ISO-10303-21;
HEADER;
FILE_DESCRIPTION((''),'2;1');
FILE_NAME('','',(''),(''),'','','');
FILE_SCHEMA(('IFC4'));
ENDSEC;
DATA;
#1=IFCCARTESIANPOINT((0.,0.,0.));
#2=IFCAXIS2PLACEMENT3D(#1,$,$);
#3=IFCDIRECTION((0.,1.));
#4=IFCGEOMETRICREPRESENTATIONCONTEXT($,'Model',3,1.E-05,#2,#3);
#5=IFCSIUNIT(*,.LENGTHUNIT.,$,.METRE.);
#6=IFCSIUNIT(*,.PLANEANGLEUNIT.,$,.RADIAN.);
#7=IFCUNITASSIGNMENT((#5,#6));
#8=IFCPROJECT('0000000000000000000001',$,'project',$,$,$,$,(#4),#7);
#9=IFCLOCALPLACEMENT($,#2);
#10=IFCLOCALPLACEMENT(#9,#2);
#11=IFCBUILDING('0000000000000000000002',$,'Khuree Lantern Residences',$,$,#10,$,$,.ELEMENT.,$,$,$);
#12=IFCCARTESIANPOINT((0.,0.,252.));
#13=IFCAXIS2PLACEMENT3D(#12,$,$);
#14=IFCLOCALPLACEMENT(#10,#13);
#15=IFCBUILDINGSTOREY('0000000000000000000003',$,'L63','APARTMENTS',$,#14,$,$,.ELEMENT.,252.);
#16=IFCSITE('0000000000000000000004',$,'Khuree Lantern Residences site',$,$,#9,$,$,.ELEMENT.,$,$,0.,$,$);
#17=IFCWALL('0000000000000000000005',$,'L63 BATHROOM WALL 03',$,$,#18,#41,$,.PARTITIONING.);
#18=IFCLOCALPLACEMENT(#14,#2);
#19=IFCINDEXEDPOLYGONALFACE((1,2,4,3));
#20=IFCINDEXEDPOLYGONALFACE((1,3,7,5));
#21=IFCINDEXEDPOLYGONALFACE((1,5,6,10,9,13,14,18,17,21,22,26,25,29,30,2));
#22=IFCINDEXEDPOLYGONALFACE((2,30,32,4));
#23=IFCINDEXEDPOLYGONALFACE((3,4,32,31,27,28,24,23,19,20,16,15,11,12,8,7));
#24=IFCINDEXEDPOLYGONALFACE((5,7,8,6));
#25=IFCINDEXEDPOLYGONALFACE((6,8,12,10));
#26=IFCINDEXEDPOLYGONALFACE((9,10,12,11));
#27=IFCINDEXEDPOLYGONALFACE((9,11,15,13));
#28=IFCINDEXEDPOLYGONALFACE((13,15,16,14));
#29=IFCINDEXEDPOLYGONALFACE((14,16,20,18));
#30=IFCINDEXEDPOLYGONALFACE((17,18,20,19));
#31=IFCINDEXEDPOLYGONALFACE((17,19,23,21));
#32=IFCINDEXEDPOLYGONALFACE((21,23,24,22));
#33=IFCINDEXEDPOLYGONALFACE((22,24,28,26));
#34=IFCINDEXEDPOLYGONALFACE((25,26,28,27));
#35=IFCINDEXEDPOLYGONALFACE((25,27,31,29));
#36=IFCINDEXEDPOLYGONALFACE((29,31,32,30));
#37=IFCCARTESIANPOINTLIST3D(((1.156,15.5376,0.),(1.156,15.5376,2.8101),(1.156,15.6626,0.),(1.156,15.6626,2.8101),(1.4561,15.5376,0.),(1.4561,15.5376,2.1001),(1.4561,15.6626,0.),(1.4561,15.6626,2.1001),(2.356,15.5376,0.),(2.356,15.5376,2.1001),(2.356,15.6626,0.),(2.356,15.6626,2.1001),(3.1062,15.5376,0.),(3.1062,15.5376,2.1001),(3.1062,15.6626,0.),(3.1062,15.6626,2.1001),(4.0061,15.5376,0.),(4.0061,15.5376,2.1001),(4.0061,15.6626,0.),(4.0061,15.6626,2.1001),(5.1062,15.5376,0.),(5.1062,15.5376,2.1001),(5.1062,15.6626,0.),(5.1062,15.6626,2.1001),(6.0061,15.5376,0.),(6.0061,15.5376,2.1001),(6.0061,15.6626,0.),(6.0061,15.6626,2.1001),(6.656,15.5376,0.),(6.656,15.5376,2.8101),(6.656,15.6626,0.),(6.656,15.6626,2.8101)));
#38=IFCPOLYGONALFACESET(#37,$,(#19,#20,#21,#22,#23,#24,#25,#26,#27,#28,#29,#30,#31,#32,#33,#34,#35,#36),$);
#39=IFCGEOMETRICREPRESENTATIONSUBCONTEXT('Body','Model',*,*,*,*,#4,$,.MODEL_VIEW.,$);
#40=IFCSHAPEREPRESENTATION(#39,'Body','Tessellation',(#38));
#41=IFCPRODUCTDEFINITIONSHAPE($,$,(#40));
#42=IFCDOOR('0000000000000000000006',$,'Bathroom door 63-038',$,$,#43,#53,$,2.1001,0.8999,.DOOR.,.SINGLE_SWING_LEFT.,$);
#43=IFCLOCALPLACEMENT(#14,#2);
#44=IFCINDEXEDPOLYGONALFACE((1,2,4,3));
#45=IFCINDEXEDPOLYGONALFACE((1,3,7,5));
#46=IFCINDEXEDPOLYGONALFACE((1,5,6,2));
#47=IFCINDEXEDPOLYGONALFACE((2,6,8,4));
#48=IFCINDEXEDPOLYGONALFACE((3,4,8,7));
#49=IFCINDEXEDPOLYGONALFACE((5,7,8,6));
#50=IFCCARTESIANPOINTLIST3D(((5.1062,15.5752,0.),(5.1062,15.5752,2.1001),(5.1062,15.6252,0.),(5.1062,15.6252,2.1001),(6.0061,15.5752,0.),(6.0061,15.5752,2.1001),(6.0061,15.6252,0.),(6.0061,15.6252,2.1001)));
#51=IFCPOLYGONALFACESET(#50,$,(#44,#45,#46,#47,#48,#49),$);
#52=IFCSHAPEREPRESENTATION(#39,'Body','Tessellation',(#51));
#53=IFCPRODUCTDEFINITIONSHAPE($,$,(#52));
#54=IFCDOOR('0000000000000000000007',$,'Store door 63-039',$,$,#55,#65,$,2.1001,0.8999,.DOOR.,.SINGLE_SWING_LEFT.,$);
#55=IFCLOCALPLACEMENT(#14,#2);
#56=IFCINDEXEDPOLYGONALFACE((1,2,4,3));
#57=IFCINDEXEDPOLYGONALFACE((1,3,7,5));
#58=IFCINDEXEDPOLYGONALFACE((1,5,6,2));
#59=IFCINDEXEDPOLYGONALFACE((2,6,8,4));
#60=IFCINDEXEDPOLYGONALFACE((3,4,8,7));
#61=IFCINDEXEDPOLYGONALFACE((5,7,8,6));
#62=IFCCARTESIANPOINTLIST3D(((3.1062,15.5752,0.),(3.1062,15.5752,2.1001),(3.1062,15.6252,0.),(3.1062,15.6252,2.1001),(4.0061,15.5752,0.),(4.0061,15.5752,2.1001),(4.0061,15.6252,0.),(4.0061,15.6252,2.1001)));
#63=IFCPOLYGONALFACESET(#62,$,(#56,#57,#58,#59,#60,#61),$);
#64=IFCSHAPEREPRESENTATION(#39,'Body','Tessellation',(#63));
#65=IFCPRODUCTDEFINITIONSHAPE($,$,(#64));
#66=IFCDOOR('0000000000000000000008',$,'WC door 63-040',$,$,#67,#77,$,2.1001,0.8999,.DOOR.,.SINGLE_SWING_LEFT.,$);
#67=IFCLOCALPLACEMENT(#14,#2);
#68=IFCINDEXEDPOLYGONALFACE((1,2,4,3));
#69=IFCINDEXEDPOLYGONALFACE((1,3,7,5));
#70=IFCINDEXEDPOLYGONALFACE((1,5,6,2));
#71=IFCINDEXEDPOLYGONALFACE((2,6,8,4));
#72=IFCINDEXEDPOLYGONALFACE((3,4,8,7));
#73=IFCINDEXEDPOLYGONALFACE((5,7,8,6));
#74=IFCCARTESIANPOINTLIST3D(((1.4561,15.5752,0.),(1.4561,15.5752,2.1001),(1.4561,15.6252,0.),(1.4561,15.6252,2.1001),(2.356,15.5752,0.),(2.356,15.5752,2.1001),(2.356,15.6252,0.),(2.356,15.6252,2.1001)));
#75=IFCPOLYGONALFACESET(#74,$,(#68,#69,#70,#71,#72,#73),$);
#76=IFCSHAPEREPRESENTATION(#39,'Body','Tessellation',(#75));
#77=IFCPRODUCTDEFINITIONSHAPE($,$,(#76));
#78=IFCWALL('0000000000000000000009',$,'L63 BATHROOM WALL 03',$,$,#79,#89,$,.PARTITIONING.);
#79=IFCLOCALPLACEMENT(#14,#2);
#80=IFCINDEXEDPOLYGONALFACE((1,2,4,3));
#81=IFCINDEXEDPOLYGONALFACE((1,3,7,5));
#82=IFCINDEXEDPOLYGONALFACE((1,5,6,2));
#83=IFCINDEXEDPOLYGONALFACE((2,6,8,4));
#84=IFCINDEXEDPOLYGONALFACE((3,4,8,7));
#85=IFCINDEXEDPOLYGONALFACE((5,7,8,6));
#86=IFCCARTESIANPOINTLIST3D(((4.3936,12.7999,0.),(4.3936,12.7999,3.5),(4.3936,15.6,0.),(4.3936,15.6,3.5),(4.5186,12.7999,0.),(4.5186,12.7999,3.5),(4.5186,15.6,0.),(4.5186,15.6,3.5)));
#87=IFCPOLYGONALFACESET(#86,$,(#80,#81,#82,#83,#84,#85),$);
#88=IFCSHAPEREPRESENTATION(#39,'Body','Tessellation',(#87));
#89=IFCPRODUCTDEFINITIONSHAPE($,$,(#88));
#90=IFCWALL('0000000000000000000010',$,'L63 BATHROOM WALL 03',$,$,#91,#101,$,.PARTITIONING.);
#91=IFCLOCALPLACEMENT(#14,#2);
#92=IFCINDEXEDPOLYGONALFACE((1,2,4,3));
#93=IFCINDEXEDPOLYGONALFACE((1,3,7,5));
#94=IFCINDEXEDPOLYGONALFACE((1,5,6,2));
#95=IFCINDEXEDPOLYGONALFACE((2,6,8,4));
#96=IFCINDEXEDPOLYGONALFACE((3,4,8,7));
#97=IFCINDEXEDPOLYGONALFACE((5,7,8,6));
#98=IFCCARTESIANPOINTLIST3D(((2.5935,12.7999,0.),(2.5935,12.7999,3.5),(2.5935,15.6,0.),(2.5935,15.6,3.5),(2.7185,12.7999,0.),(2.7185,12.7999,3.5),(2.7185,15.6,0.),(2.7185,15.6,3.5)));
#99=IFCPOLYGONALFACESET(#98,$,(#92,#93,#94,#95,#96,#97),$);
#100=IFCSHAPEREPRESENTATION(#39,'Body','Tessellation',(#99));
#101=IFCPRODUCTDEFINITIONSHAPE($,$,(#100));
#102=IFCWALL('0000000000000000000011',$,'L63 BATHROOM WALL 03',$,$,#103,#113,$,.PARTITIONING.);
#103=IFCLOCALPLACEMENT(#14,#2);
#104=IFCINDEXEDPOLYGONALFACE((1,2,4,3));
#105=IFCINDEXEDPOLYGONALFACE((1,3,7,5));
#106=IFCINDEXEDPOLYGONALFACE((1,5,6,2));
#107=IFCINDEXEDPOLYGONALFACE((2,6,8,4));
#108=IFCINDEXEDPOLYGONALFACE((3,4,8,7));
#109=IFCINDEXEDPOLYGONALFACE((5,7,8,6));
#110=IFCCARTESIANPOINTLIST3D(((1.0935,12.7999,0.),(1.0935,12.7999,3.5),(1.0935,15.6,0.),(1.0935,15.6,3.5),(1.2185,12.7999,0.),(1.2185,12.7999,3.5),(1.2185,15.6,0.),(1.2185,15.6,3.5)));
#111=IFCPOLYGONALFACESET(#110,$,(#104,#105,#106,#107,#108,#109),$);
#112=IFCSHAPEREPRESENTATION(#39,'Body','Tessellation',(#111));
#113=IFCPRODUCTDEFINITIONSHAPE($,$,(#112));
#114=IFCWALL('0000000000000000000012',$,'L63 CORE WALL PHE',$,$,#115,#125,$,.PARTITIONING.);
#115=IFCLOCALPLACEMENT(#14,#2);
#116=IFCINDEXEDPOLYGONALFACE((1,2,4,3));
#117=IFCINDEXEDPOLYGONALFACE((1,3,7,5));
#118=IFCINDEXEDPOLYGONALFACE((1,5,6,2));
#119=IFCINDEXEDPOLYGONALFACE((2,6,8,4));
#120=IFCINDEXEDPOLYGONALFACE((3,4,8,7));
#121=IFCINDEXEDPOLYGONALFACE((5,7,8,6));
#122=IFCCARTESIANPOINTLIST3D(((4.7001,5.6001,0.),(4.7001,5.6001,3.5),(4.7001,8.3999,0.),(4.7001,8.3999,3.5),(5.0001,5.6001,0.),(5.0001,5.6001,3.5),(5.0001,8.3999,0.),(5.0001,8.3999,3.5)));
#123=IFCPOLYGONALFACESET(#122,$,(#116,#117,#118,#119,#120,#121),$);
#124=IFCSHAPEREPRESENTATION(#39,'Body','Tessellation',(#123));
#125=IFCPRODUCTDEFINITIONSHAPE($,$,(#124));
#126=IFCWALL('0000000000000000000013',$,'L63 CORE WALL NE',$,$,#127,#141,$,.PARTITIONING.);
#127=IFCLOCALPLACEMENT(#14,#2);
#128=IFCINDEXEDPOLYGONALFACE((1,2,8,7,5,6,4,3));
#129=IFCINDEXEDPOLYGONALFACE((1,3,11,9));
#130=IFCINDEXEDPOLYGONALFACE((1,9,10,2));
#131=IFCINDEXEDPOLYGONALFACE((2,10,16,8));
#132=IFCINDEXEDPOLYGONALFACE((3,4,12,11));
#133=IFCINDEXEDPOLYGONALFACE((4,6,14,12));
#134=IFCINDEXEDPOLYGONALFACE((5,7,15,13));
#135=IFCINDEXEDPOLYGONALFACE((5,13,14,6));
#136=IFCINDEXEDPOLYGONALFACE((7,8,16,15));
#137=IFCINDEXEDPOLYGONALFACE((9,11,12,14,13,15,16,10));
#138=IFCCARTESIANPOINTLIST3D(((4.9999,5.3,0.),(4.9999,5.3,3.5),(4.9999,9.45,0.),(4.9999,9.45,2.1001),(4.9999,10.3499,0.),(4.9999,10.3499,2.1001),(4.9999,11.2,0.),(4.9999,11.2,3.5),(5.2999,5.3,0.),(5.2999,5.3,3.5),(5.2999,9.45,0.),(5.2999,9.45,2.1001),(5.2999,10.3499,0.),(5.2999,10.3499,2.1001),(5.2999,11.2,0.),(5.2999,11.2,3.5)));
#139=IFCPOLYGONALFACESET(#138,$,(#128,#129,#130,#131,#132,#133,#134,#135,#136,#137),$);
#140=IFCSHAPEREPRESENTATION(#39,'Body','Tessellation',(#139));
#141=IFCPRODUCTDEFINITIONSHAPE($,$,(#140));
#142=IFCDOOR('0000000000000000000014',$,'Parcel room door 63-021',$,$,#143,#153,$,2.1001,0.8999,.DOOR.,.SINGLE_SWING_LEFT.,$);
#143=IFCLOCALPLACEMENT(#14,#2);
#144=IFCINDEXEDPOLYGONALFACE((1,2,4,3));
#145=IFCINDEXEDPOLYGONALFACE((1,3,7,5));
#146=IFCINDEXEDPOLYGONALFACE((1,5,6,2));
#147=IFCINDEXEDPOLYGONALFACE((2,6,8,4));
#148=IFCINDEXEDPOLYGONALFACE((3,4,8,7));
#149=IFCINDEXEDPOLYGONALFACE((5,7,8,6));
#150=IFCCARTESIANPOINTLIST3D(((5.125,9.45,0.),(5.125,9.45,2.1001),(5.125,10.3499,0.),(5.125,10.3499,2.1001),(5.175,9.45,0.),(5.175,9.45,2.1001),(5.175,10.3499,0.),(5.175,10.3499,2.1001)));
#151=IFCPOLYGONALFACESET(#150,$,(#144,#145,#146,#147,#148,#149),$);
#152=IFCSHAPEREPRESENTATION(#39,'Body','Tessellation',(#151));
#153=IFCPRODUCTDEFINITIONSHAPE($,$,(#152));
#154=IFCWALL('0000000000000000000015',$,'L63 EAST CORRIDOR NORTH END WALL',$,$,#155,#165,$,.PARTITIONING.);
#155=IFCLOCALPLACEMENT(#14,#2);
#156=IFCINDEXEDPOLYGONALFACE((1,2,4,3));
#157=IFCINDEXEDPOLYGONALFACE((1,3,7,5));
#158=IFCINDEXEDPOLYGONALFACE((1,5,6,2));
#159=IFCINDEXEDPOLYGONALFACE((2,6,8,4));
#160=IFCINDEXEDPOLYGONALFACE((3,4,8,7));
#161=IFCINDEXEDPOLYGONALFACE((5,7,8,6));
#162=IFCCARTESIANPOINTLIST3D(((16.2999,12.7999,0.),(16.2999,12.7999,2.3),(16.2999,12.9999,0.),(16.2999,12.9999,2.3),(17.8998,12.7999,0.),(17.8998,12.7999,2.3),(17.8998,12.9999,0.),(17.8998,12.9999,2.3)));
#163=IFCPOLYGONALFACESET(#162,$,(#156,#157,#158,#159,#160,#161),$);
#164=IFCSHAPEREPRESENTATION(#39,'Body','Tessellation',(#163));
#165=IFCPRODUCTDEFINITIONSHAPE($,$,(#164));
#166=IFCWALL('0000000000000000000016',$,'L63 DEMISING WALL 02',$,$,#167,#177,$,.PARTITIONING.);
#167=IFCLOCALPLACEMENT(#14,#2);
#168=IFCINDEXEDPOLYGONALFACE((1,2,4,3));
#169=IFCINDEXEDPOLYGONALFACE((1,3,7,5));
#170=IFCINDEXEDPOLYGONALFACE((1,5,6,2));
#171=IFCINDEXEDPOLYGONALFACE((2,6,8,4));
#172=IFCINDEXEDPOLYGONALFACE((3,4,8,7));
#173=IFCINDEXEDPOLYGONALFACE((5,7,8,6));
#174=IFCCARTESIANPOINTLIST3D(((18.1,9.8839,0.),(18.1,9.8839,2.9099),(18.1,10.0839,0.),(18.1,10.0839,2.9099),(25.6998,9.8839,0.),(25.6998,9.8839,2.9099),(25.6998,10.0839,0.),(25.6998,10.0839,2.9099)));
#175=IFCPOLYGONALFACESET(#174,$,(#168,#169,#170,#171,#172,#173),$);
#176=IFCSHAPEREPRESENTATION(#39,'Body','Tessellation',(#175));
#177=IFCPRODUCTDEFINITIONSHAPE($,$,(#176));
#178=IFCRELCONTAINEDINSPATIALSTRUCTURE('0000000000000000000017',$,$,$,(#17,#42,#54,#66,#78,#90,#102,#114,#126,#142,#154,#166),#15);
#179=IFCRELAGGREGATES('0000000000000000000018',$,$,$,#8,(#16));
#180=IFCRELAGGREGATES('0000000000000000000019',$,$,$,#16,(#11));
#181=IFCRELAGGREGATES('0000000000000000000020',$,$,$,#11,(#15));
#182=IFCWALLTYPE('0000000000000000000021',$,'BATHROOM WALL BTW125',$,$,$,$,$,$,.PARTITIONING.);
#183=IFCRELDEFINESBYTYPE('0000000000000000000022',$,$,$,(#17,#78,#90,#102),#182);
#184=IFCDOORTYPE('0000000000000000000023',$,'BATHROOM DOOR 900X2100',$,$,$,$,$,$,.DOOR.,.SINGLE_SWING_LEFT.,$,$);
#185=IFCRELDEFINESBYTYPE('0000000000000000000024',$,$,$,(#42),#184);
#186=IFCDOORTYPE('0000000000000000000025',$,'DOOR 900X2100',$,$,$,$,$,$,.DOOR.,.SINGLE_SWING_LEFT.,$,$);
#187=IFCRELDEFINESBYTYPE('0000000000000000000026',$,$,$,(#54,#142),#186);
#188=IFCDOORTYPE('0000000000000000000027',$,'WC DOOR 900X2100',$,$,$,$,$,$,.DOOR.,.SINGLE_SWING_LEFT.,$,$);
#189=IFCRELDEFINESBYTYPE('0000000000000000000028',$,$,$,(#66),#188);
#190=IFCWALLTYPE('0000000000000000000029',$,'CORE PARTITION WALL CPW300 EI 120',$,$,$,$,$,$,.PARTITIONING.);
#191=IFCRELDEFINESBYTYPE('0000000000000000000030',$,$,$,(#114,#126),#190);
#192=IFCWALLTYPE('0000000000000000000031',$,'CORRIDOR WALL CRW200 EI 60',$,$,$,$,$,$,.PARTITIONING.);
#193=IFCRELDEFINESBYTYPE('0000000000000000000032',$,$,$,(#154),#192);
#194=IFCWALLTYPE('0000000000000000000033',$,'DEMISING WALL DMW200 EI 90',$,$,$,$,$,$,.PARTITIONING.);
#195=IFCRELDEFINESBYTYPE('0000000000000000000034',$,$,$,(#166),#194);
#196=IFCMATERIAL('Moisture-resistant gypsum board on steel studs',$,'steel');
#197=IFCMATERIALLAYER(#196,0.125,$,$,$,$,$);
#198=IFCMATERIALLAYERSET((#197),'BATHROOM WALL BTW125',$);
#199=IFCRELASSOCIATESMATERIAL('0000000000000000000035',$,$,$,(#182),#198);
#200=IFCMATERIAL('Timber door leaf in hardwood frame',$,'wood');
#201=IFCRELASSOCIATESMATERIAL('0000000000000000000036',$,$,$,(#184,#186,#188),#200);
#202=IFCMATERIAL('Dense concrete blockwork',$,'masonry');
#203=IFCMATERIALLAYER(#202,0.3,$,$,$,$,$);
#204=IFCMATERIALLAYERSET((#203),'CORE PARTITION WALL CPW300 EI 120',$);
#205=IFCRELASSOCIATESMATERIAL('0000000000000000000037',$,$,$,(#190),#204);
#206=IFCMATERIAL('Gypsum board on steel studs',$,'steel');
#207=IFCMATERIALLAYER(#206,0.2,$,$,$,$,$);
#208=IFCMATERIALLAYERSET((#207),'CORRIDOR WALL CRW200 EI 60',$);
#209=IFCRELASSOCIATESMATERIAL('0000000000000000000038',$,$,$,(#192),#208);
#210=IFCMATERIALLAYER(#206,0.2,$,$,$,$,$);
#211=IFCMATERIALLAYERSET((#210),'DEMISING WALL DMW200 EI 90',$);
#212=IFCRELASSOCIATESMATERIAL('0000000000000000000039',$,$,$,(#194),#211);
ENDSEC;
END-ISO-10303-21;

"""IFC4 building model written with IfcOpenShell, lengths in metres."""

from ifc_helpers import new_model, si_unit, direction, frame, frame_2d, origin, place, context, subcontext, project, spatial, rectangle, extrude, material, layer, layer_set, type_object, element, fill, save


model = new_model("IFC4")

# Units and contexts
model_context = context("Model", 3, precision=1e-05, world=origin(), true_north=direction((0.0, 1.0)))
body_context = subcontext(model_context, "Body", "Model", "MODEL_VIEW")
ifc_project = project(units=[si_unit("LENGTHUNIT", "METRE"), si_unit("PLANEANGLEUNIT", "RADIAN")], contexts=[model_context])

# Site, building, storey
site_placement = place(None, origin())
site = spatial("IfcSite", under=ifc_project, at=site_placement, Name="Khuree Lantern Residences site", CompositionType="ELEMENT", RefElevation=0.0)
building_placement = place(site_placement, origin())
building = spatial("IfcBuilding", under=site, at=building_placement, Name="Khuree Lantern Residences", CompositionType="ELEMENT")
storey_placement = place(building_placement, frame((0.0, 0.0, 252.0)))
storey = spatial("IfcBuildingStorey", under=building, at=storey_placement, Name="L63", Description="APARTMENTS", CompositionType="ELEMENT", Elevation=252.0)

# Shared definitions
ifc_material_1 = material(Name="Moisture-resistant gypsum board on steel studs", Category="steel")
ifc_layer_1 = layer(ifc_material_1, 0.125)
ifc_layer_set_1 = layer_set([ifc_layer_1], Name="BATHROOM WALL BTW125")
wall_type_1 = type_object("IfcWallType", Name="BATHROOM WALL BTW125", PredefinedType="PARTITIONING", material=ifc_layer_set_1)
ifc_material_2 = material(Name="Timber door leaf in hardwood frame", Category="wood")
door_type_1 = type_object("IfcDoorType", Name="BATHROOM DOOR 900X2100", OperationType="SINGLE_SWING_LEFT", PredefinedType="DOOR", material=ifc_material_2)

# Wall, openings, doors
wall_1_placement = place(storey_placement, frame((6.656, 15.6001, 0.0), z_axis=(0.0, 0.0, 1.0), x_axis=(-1.0, 0.0, 0.0)))
wall_1 = element("IfcWall", 1, at=wall_1_placement, inside=storey, type_object=wall_type_1, Name="L63 BATHROOM WALL 03", PredefinedType="PARTITIONING", context=body_context, shape_type="SweptSolid", body=[
    extrude(rectangle(XDim=5.5, YDim=0.125, at=frame_2d((2.75, 0.0))), origin(), (0.0, 0.0, 1.0), 2.8101),
])
opening_1_placement = place(wall_1_placement, frame((0.6499, 0.0, 0.0)))
opening_1 = element("IfcOpeningElement", 2, at=opening_1_placement, cuts=wall_1, PredefinedType="OPENING", context=body_context, shape_type="SweptSolid", body=[
    extrude(rectangle(XDim=0.8999, YDim=2.1001, at=frame_2d((0.45, 1.05))), frame((0.0, 0.0725, 0.0), z_axis=(0.0, -1.0, 0.0), x_axis=(1.0, 0.0, 0.0)), (0.0, 0.0, 1.0), 0.145),
])
opening_2_placement = place(wall_1_placement, frame((2.6499, 0.0, 0.0)))
opening_2 = element("IfcOpeningElement", 3, at=opening_2_placement, cuts=wall_1, PredefinedType="OPENING", context=body_context, shape_type="SweptSolid", body=[
    extrude(rectangle(XDim=0.8999, YDim=2.1001, at=frame_2d((0.45, 1.05))), frame((0.0, 0.0725, 0.0), z_axis=(0.0, -1.0, 0.0), x_axis=(1.0, 0.0, 0.0)), (0.0, 0.0, 1.0), 0.145),
])
opening_3_placement = place(wall_1_placement, frame((4.3, 0.0, 0.0)))
opening_3 = element("IfcOpeningElement", 4, at=opening_3_placement, cuts=wall_1, PredefinedType="OPENING", context=body_context, shape_type="SweptSolid", body=[
    extrude(rectangle(XDim=0.8999, YDim=2.1001, at=frame_2d((0.45, 1.05))), frame((0.0, 0.0725, 0.0), z_axis=(0.0, -1.0, 0.0), x_axis=(1.0, 0.0, 0.0)), (0.0, 0.0, 1.0), 0.145),
])
door_1_placement = place(opening_1_placement, origin())
door_1 = element("IfcDoor", 5, at=door_1_placement, inside=storey, type_object=door_type_1, Name="Bathroom door 63-038", OperationType="SINGLE_SWING_LEFT", OverallHeight=2.1001, OverallWidth=0.8999, PredefinedType="DOOR", context=body_context, shape_type="SweptSolid", body=[
    extrude(rectangle(XDim=0.8999, YDim=2.1001, at=frame_2d((0.45, 1.05))), frame((0.0, 0.0249, 0.0), z_axis=(0.0, -1.0, 0.0), x_axis=(1.0, 0.0, 0.0)), (0.0, 0.0, 1.0), 0.05),
])
fill(opening_1, door_1)
door_type_2 = type_object("IfcDoorType", Name="DOOR 900X2100", OperationType="SINGLE_SWING_LEFT", PredefinedType="DOOR", material=ifc_material_2)
door_2_placement = place(opening_2_placement, origin())
door_2 = element("IfcDoor", 6, at=door_2_placement, inside=storey, type_object=door_type_2, Name="Store door 63-039", OperationType="SINGLE_SWING_LEFT", OverallHeight=2.1001, OverallWidth=0.8999, PredefinedType="DOOR", context=body_context, shape_type="SweptSolid", body=[
    extrude(rectangle(XDim=0.8999, YDim=2.1001, at=frame_2d((0.45, 1.05))), frame((0.0, 0.0249, 0.0), z_axis=(0.0, -1.0, 0.0), x_axis=(1.0, 0.0, 0.0)), (0.0, 0.0, 1.0), 0.05),
])
fill(opening_2, door_2)
door_type_3 = type_object("IfcDoorType", Name="WC DOOR 900X2100", OperationType="SINGLE_SWING_LEFT", PredefinedType="DOOR", material=ifc_material_2)
door_3_placement = place(opening_3_placement, origin())
door_3 = element("IfcDoor", 7, at=door_3_placement, inside=storey, type_object=door_type_3, Name="WC door 63-040", OperationType="SINGLE_SWING_LEFT", OverallHeight=2.1001, OverallWidth=0.8999, PredefinedType="DOOR", context=body_context, shape_type="SweptSolid", body=[
    extrude(rectangle(XDim=0.8999, YDim=2.1001, at=frame_2d((0.45, 1.05))), frame((0.0, 0.0249, 0.0), z_axis=(0.0, -1.0, 0.0), x_axis=(1.0, 0.0, 0.0)), (0.0, 0.0, 1.0), 0.05),
])
fill(opening_3, door_3)

# Walls
for number, where, z_axis, x_axis, name in (
    (8, (4.4561, 12.8, 0.0), (0.0, 0.0, 1.0), (0.0, 1.0, 0.0), "L63 BATHROOM WALL 03"),
    (9, (2.656, 12.8, 0.0), (0.0, 0.0, 1.0), (0.0, 1.0, 0.0), "L63 BATHROOM WALL 03"),
    (10, (1.156, 12.8, 0.0), (0.0, 0.0, 1.0), (0.0, 1.0, 0.0), "L63 BATHROOM WALL 03"),
):
    element("IfcWall", number, at=place(storey_placement, frame(where, z_axis=z_axis, x_axis=x_axis)), inside=storey, type_object=wall_type_1, Name=name, PredefinedType="PARTITIONING", context=body_context, shape_type="SweptSolid", body=[
        extrude(rectangle(XDim=2.8, YDim=0.125, at=frame_2d((1.3999, 0.0))), origin(), (0.0, 0.0, 1.0), 3.5),
    ])
ifc_material_3 = material(Name="Dense concrete blockwork", Category="masonry")
ifc_layer_2 = layer(ifc_material_3, 0.3)
ifc_layer_set_2 = layer_set([ifc_layer_2], Name="CORE PARTITION WALL CPW300 EI 120")
wall_type_2 = type_object("IfcWallType", Name="CORE PARTITION WALL CPW300 EI 120", PredefinedType="PARTITIONING", material=ifc_layer_set_2)
wall_2_placement = place(storey_placement, frame((4.8501, 5.6001, 0.0), z_axis=(0.0, 0.0, 1.0), x_axis=(0.0, 1.0, 0.0)))
element("IfcWall", 11, at=wall_2_placement, inside=storey, type_object=wall_type_2, Name="L63 CORE WALL PHE", PredefinedType="PARTITIONING", context=body_context, shape_type="SweptSolid", body=[
    extrude(rectangle(XDim=2.7998, YDim=0.3, at=frame_2d((1.3999, 0.0))), origin(), (0.0, 0.0, 1.0), 3.5),
])

# Wall, opening, door
wall_3_placement = place(storey_placement, frame((5.1499, 5.3, 0.0), z_axis=(0.0, 0.0, 1.0), x_axis=(0.0, 1.0, 0.0)))
wall_3 = element("IfcWall", 12, at=wall_3_placement, inside=storey, type_object=wall_type_2, Name="L63 CORE WALL NE", PredefinedType="PARTITIONING", context=body_context, shape_type="SweptSolid", body=[
    extrude(rectangle(XDim=5.8999, YDim=0.3, at=frame_2d((2.95, 0.0))), origin(), (0.0, 0.0, 1.0), 3.5),
])
opening_4_placement = place(wall_3_placement, frame((4.1499, 0.0, 0.0)))
opening_4 = element("IfcOpeningElement", 13, at=opening_4_placement, cuts=wall_3, PredefinedType="OPENING", context=body_context, shape_type="SweptSolid", body=[
    extrude(rectangle(XDim=0.8999, YDim=2.1001, at=frame_2d((0.45, 1.05))), frame((0.0, 0.1602, 0.0), z_axis=(0.0, -1.0, 0.0), x_axis=(1.0, 0.0, 0.0)), (0.0, 0.0, 1.0), 0.3201),
])
door_4_placement = place(opening_4_placement, origin())
door_4 = element("IfcDoor", 14, at=door_4_placement, inside=storey, type_object=door_type_2, Name="Parcel room door 63-021", OperationType="SINGLE_SWING_LEFT", OverallHeight=2.1001, OverallWidth=0.8999, PredefinedType="DOOR", context=body_context, shape_type="SweptSolid", body=[
    extrude(rectangle(XDim=0.8999, YDim=2.1001, at=frame_2d((0.45, 1.05))), frame((0.0, 0.0249, 0.0), z_axis=(0.0, -1.0, 0.0), x_axis=(1.0, 0.0, 0.0)), (0.0, 0.0, 1.0), 0.05),
])
fill(opening_4, door_4)

# Walls
ifc_material_4 = material(Name="Gypsum board on steel studs", Category="steel")
ifc_layer_3 = layer(ifc_material_4, 0.2)
ifc_layer_set_3 = layer_set([ifc_layer_3], Name="CORRIDOR WALL CRW200 EI 60")
wall_type_3 = type_object("IfcWallType", Name="CORRIDOR WALL CRW200 EI 60", PredefinedType="PARTITIONING", material=ifc_layer_set_3)
wall_4_placement = place(storey_placement, frame((16.3, 12.8999, 0.0), z_axis=(0.0, 0.0, 1.0), x_axis=(1.0, 0.0, 0.0)))
element("IfcWall", 15, at=wall_4_placement, inside=storey, type_object=wall_type_3, Name="L63 EAST CORRIDOR NORTH END WALL", PredefinedType="PARTITIONING", context=body_context, shape_type="SweptSolid", body=[
    extrude(rectangle(XDim=1.5999, YDim=0.2, at=frame_2d((0.7998, 0.0))), origin(), (0.0, 0.0, 1.0), 2.3),
])
ifc_layer_4 = layer(ifc_material_4, 0.2)
ifc_layer_set_4 = layer_set([ifc_layer_4], Name="DEMISING WALL DMW200 EI 90")
wall_type_4 = type_object("IfcWallType", Name="DEMISING WALL DMW200 EI 90", PredefinedType="PARTITIONING", material=ifc_layer_set_4)
wall_5_placement = place(storey_placement, frame((18.1001, 9.9839, 0.0), z_axis=(0.0, 0.0, 1.0), x_axis=(1.0, 0.0, 0.0)))
element("IfcWall", 16, at=wall_5_placement, inside=storey, type_object=wall_type_4, Name="L63 DEMISING WALL 02", PredefinedType="PARTITIONING", context=body_context, shape_type="SweptSolid", body=[
    extrude(rectangle(XDim=7.5999, YDim=0.2, at=frame_2d((3.7998, 0.0))), origin(), (0.0, 0.0, 1.0), 2.9099),
])

save(model, "model.ifc")
